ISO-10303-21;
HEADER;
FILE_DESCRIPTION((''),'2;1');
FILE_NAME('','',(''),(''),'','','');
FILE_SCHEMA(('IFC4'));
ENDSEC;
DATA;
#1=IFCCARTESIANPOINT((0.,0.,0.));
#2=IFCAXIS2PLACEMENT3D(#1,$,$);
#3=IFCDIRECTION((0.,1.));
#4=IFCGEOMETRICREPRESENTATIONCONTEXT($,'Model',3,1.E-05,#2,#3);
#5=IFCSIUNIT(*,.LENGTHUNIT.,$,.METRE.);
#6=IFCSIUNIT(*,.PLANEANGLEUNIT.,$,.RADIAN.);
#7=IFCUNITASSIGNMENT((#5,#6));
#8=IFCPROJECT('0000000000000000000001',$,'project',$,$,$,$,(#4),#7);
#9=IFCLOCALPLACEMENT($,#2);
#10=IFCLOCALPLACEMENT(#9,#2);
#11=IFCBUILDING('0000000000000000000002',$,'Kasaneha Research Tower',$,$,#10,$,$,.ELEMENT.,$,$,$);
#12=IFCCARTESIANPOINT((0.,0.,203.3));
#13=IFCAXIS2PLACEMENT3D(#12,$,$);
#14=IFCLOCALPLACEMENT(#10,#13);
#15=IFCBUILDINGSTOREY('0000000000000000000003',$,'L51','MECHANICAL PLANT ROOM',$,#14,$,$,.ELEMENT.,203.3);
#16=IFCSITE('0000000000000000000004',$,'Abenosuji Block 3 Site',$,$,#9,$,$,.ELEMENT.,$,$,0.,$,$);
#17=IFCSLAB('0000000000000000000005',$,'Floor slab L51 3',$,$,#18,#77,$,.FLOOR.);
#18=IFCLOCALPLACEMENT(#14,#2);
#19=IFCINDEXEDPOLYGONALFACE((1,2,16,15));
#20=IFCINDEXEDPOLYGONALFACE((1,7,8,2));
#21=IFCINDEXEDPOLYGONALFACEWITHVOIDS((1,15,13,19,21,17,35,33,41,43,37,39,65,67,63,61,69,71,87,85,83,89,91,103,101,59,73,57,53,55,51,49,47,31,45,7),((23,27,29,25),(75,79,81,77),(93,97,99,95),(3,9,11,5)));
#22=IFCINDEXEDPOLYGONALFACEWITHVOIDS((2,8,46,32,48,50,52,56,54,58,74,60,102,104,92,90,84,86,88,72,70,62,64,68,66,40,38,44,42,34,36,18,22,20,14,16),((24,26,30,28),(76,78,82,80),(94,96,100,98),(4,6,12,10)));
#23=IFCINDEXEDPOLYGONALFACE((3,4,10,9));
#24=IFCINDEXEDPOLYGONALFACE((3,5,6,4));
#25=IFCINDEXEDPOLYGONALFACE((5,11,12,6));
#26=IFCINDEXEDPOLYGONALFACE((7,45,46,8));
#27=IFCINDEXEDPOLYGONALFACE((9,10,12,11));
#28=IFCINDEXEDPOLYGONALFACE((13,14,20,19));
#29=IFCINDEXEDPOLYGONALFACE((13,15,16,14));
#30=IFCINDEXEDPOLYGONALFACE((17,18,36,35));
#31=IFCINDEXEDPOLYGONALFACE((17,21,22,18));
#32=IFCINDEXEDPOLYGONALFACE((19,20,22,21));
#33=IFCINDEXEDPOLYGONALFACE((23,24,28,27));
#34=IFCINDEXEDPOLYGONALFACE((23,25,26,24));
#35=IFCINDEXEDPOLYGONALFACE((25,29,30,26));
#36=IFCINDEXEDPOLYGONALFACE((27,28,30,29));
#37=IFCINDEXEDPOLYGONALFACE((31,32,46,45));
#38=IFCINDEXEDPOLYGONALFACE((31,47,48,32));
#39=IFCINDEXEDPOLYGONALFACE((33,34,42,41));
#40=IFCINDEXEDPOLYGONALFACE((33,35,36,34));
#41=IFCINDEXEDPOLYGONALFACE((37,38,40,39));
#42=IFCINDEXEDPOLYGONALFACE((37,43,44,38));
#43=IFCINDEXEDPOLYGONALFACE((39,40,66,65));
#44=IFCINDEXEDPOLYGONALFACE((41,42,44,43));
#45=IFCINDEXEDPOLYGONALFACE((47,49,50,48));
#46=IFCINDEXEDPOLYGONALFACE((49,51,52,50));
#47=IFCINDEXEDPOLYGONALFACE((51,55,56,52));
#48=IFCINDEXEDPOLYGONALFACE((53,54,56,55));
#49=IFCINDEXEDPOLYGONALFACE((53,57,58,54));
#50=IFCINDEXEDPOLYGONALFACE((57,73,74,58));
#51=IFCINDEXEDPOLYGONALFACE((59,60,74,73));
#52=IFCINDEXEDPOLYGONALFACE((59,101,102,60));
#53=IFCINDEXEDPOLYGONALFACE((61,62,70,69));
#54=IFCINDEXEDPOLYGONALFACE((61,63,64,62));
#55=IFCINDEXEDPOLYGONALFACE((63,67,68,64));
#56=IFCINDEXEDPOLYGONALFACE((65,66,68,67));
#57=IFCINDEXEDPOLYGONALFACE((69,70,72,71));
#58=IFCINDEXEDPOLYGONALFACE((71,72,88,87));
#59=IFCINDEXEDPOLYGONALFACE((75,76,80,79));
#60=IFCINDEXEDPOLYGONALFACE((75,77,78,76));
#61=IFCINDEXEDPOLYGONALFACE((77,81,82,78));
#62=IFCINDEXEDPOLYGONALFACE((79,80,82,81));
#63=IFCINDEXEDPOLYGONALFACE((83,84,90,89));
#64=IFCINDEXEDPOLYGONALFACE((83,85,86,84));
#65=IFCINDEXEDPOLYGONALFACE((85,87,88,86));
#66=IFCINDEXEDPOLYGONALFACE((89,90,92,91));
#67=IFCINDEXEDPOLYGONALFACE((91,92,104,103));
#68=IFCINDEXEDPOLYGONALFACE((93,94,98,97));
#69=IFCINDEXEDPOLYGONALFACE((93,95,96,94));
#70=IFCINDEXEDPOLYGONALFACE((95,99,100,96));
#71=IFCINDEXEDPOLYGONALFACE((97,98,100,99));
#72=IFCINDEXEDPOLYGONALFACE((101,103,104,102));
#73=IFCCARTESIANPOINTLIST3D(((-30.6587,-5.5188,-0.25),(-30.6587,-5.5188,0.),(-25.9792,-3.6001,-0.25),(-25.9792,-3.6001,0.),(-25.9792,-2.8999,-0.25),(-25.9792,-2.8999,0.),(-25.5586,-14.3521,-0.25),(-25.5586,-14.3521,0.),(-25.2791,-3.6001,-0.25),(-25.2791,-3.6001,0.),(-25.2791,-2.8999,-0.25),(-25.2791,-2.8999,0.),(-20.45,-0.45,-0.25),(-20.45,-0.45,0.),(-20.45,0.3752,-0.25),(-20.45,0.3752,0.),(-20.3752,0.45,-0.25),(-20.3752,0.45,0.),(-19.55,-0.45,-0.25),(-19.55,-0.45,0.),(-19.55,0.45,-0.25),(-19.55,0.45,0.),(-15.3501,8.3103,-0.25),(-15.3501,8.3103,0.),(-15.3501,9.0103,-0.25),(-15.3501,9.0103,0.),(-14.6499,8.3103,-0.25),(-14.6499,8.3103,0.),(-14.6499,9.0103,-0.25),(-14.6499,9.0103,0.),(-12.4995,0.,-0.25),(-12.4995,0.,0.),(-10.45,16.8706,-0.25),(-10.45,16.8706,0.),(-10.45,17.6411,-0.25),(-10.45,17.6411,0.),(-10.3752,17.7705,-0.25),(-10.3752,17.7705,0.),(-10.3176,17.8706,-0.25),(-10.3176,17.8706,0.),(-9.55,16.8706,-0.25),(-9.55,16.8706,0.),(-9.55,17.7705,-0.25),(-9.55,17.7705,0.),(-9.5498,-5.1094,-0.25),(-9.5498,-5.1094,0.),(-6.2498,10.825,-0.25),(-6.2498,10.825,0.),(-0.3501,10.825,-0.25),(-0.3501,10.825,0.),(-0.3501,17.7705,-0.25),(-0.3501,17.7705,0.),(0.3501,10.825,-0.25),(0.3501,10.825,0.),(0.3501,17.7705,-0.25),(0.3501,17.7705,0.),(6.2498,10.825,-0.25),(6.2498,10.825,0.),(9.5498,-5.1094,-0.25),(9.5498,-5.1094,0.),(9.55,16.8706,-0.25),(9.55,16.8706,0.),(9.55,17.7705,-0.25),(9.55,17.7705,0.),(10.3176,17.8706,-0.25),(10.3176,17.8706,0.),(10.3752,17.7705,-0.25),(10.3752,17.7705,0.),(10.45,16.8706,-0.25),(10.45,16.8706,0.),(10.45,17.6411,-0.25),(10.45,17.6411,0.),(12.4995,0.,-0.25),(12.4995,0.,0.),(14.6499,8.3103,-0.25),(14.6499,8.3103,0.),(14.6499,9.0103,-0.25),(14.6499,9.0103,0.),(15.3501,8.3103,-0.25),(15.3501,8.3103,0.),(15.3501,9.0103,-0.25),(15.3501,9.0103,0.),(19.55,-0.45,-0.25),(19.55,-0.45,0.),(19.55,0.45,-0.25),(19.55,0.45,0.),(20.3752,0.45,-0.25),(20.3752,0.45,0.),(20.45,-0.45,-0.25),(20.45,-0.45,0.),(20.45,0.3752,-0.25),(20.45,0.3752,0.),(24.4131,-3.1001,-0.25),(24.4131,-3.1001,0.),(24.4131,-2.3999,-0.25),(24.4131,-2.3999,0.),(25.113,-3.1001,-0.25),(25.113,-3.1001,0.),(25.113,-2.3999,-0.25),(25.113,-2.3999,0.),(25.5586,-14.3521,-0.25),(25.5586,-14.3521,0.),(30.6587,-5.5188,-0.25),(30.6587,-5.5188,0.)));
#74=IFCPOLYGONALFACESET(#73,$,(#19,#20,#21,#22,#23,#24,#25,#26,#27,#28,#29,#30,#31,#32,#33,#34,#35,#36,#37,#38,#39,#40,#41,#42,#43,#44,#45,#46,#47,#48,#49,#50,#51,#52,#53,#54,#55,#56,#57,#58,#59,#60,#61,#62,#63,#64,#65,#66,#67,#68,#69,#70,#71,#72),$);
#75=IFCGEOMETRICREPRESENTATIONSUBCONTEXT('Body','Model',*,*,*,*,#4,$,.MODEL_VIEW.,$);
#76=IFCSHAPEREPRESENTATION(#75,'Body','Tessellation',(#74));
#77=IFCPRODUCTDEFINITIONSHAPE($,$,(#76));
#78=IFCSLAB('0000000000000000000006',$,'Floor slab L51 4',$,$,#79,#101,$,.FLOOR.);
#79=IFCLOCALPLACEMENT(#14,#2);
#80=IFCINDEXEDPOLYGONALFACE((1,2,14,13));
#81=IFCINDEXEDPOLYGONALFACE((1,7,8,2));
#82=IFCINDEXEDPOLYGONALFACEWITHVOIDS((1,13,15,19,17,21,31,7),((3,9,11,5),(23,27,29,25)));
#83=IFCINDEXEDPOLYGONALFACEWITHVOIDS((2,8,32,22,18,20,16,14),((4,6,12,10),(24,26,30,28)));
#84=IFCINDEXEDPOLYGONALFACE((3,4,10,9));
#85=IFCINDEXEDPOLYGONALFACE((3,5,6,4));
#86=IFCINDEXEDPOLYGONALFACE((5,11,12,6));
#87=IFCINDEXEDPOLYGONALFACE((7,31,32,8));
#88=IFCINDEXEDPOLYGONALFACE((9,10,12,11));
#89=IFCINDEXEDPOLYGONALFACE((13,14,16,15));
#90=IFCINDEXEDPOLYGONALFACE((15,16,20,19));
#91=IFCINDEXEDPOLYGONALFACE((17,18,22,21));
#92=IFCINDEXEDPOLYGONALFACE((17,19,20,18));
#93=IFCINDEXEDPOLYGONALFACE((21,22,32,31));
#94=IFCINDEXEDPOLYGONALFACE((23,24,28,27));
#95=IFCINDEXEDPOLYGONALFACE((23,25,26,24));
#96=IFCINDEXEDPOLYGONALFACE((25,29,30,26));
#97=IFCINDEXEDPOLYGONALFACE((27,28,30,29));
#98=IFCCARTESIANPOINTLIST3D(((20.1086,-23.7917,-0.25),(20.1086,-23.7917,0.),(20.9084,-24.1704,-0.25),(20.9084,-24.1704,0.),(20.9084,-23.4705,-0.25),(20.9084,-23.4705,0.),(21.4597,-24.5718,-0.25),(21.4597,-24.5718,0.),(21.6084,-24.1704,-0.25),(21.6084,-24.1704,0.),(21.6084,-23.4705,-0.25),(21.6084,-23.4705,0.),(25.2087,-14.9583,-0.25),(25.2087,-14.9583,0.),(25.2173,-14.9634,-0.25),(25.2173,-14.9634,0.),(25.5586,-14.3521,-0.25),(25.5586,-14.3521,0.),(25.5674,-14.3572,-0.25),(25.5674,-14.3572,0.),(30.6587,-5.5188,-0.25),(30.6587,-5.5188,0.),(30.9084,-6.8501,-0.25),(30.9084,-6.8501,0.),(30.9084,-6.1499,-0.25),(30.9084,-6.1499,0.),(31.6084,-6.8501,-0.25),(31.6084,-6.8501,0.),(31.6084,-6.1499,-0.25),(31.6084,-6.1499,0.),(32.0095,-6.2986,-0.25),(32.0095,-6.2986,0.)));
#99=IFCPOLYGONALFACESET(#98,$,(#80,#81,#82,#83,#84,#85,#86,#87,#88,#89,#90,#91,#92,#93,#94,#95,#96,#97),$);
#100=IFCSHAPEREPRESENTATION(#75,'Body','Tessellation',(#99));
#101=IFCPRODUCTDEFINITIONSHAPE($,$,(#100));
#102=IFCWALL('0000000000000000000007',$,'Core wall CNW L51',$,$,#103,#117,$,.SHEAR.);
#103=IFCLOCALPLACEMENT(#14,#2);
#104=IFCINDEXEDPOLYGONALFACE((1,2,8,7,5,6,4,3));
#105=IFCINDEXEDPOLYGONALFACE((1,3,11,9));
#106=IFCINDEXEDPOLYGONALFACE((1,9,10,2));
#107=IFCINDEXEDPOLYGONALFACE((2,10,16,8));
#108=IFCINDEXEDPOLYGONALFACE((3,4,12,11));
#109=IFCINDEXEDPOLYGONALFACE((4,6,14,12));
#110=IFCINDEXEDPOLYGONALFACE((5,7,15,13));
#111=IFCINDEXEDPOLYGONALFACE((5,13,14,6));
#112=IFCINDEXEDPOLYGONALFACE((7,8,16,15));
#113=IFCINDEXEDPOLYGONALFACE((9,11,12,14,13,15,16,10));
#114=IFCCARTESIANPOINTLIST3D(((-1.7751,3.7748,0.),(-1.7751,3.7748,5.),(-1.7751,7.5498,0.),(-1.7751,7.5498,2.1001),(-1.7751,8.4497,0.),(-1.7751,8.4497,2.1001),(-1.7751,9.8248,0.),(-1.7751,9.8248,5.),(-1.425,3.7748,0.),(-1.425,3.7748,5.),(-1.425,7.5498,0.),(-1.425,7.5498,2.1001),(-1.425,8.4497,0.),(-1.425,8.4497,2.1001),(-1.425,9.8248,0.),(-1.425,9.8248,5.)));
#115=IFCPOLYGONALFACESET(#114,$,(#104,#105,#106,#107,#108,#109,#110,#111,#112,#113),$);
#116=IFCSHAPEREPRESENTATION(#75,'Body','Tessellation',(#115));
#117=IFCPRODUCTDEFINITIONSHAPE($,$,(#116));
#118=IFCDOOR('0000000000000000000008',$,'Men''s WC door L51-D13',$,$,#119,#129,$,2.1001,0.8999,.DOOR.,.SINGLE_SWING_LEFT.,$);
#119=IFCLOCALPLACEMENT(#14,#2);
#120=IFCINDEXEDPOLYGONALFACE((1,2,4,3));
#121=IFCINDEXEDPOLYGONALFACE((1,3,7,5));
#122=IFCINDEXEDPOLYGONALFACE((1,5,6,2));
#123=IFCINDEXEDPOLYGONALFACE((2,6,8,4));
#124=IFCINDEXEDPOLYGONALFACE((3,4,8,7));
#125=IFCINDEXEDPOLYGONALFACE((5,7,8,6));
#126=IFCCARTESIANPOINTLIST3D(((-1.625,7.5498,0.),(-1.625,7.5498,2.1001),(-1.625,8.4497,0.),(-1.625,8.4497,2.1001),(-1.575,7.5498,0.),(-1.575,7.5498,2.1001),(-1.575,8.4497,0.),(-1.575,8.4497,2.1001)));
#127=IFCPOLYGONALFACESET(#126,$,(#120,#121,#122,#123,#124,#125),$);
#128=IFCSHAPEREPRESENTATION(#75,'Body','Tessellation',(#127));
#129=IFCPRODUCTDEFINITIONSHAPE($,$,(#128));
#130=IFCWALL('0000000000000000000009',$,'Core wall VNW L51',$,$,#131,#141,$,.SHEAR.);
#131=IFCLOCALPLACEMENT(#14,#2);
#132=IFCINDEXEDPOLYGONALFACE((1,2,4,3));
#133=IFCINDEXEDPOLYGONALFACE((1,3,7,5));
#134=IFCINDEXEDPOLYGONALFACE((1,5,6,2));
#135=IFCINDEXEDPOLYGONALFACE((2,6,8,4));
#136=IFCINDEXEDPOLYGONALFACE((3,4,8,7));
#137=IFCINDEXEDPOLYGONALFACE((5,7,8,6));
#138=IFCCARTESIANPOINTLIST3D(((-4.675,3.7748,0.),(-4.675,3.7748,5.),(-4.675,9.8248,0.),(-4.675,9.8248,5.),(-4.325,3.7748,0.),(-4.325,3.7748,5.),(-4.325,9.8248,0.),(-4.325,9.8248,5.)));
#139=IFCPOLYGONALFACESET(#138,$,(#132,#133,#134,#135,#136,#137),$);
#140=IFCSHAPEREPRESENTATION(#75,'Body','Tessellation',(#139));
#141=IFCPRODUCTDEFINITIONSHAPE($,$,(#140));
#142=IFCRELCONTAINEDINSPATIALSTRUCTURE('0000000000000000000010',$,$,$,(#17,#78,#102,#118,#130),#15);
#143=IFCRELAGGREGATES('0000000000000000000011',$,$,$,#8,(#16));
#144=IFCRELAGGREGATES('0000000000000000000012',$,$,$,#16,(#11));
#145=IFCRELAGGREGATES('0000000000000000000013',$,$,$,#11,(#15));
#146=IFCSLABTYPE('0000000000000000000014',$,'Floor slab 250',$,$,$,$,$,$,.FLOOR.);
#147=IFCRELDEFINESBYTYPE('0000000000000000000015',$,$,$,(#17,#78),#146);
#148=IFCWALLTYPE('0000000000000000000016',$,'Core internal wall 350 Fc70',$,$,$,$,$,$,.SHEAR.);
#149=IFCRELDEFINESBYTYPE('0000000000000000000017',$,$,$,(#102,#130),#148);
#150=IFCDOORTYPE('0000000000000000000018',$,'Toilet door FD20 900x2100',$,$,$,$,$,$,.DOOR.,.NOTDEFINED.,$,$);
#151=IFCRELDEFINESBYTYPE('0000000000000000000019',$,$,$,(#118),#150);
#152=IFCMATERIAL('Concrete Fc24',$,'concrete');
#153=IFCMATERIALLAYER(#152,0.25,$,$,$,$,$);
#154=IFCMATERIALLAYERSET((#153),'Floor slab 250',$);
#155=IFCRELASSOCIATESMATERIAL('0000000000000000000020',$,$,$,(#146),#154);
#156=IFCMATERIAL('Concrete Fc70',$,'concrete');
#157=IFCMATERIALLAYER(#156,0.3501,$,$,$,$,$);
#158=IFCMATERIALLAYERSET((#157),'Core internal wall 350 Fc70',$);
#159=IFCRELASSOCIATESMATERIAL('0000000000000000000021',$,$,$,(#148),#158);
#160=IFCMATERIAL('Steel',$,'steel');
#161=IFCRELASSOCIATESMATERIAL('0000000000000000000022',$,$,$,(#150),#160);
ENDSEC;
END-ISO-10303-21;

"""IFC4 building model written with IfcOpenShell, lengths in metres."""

from ifc_helpers import new_model, si_unit, direction, frame, frame_2d, origin, place, context, subcontext, project, spatial, polyline, rectangle, outline, extrude, material, layer, layer_set, type_object, element, fill, save


model = new_model("IFC4")

# Units and contexts
model_context = context("Model", 3, precision=1e-05, world=origin(), true_north=direction((0.0, 1.0)))
body_context = subcontext(model_context, "Body", "Model", "MODEL_VIEW")
ifc_project = project(units=[si_unit("LENGTHUNIT", "METRE"), si_unit("PLANEANGLEUNIT", "RADIAN")], contexts=[model_context])

# Site, building, storey
site_placement = place(None, origin())
site = spatial("IfcSite", under=ifc_project, at=site_placement, Name="Abenosuji Block 3 Site", CompositionType="ELEMENT", RefElevation=0.0)
building_placement = place(site_placement, origin())
building = spatial("IfcBuilding", under=site, at=building_placement, Name="Kasaneha Research Tower", CompositionType="ELEMENT")
storey_placement = place(building_placement, frame((0.0, 0.0, 203.3)))
storey = spatial("IfcBuildingStorey", under=building, at=storey_placement, Name="L51", Description="MECHANICAL PLANT ROOM", CompositionType="ELEMENT", Elevation=203.3)

# Slabs
ifc_material_1 = material(Name="Concrete Fc24", Category="concrete")
ifc_layer_1 = layer(ifc_material_1, 0.25)
ifc_layer_set_1 = layer_set([ifc_layer_1], Name="Floor slab 250")
slab_type_1 = type_object("IfcSlabType", Name="Floor slab 250", PredefinedType="FLOOR", material=ifc_layer_set_1)
slab_1_placement = place(storey_placement, frame((0.0, 0.0, -0.25)))
element("IfcSlab", 1, at=slab_1_placement, inside=storey, type_object=slab_type_1, Name="Floor slab L51 3", PredefinedType="FLOOR", context=body_context, shape_type="SweptSolid", body=[
    extrude(outline(polyline([(-20.45, -0.45), (-19.55, -0.45), (-19.55, 0.45), (-20.3752, 0.45), (-10.45, 17.6411), (-10.45, 16.8706), (-9.55, 16.8706), (-9.55, 17.7705), (-10.3752, 17.7705), (-10.3176, 17.8706), (10.3176, 17.8706), (10.3752, 17.7705), (9.55, 17.7705), (9.55, 16.8706), (10.45, 16.8706), (10.45, 17.6411), (20.3752, 0.45), (19.55, 0.45), (19.55, -0.45), (20.45, -0.45), (20.45, 0.3752), (30.6587, -5.5188), (25.5586, -14.3521), (9.5498, -5.1094), (12.4995, 0.0), (6.2498, 10.825), (0.3501, 10.825), (0.3501, 17.7705), (-0.3501, 17.7705), (-0.3501, 10.825), (-6.2498, 10.825), (-12.4995, 0.0), (-9.5498, -5.1094), (-25.5586, -14.3521), (-30.6587, -5.5188), (-20.45, 0.3752), (-20.45, -0.45)]), holes=[polyline([(-25.9792, -3.6001), (-25.2791, -3.6001), (-25.2791, -2.8999), (-25.9792, -2.8999), (-25.9792, -3.6001)]), polyline([(-15.3501, 9.0103), (-15.3501, 8.3103), (-14.6499, 8.3103), (-14.6499, 9.0103), (-15.3501, 9.0103)]), polyline([(24.4131, -2.3999), (24.4131, -3.1001), (25.113, -3.1001), (25.113, -2.3999), (24.4131, -2.3999)]), polyline([(14.6499, 9.0103), (14.6499, 8.3103), (15.3501, 8.3103), (15.3501, 9.0103), (14.6499, 9.0103)])]), origin(), (0.0, 0.0, 1.0), 0.25),
])
slab_2_placement = place(storey_placement, frame((0.0, 0.0, -0.25)))
element("IfcSlab", 2, at=slab_2_placement, inside=storey, type_object=slab_type_1, Name="Floor slab L51 4", PredefinedType="FLOOR", context=body_context, shape_type="SweptSolid", body=[
    extrude(outline(polyline([(32.0095, -6.2986), (21.4597, -24.5718), (20.1086, -23.7917), (25.2087, -14.9583), (25.2173, -14.9634), (25.5674, -14.3572), (25.5586, -14.3521), (30.6587, -5.5188), (32.0095, -6.2986)]), holes=[polyline([(20.9084, -24.1704), (21.6084, -24.1704), (21.6084, -23.4705), (20.9084, -23.4705), (20.9084, -24.1704)]), polyline([(30.9084, -6.8501), (31.6084, -6.8501), (31.6084, -6.1499), (30.9084, -6.1499), (30.9084, -6.8501)])]), origin(), (0.0, 0.0, 1.0), 0.25),
])

# Wall, opening, door
ifc_material_2 = material(Name="Concrete Fc70", Category="concrete")
ifc_layer_2 = layer(ifc_material_2, 0.3501)
ifc_layer_set_2 = layer_set([ifc_layer_2], Name="Core internal wall 350 Fc70")
wall_type = type_object("IfcWallType", Name="Core internal wall 350 Fc70", PredefinedType="SHEAR", material=ifc_layer_set_2)
wall_1_placement = place(storey_placement, frame((-1.6001, 3.7749, 0.0), z_axis=(0.0, 0.0, 1.0), x_axis=(0.0, 1.0, 0.0)))
wall_1 = element("IfcWall", 3, at=wall_1_placement, inside=storey, type_object=wall_type, Name="Core wall CNW L51", PredefinedType="SHEAR", context=body_context, shape_type="SweptSolid", body=[
    extrude(rectangle(XDim=6.05, YDim=0.3501, at=frame_2d((3.0249, 0.0))), origin(), (0.0, 0.0, 1.0), 5.0),
])
opening_1_placement = place(wall_1_placement, frame((3.7749, 0.0, 0.0)))
opening_1 = element("IfcOpeningElement", 4, at=opening_1_placement, cuts=wall_1, PredefinedType="OPENING", context=body_context, shape_type="SweptSolid", body=[
    extrude(rectangle(XDim=0.8999, YDim=2.1001, at=frame_2d((0.45, 1.05))), frame((0.0, 0.1851, 0.0), z_axis=(0.0, -1.0, 0.0), x_axis=(1.0, 0.0, 0.0)), (0.0, 0.0, 1.0), 0.3701),
])
ifc_material_3 = material(Name="Steel", Category="steel")
door_type_1 = type_object("IfcDoorType", Name="Toilet door FD20 900x2100", OperationType="NOTDEFINED", PredefinedType="DOOR", material=ifc_material_3)
door_1_placement = place(opening_1_placement, origin())
door_1 = element("IfcDoor", 5, at=door_1_placement, inside=storey, type_object=door_type_1, Name="Men's WC door L51-D13", OperationType="SINGLE_SWING_LEFT", OverallHeight=2.1001, OverallWidth=0.8999, PredefinedType="DOOR", context=body_context, shape_type="SweptSolid", body=[
    extrude(rectangle(XDim=0.8999, YDim=2.1001, at=frame_2d((0.45, 1.05))), frame((0.0, 0.0249, 0.0), z_axis=(0.0, -1.0, 0.0), x_axis=(1.0, 0.0, 0.0)), (0.0, 0.0, 1.0), 0.05),
])
fill(opening_1, door_1)

# Wall
wall_2_placement = place(storey_placement, frame((-4.5, 3.7749, 0.0), z_axis=(0.0, 0.0, 1.0), x_axis=(0.0, 1.0, 0.0)))
element("IfcWall", 6, at=wall_2_placement, inside=storey, type_object=wall_type, Name="Core wall VNW L51", PredefinedType="SHEAR", context=body_context, shape_type="SweptSolid", body=[
    extrude(rectangle(XDim=6.05, YDim=0.3501, at=frame_2d((3.0249, 0.0))), origin(), (0.0, 0.0, 1.0), 5.0),
])

save(model, "model.ifc")
